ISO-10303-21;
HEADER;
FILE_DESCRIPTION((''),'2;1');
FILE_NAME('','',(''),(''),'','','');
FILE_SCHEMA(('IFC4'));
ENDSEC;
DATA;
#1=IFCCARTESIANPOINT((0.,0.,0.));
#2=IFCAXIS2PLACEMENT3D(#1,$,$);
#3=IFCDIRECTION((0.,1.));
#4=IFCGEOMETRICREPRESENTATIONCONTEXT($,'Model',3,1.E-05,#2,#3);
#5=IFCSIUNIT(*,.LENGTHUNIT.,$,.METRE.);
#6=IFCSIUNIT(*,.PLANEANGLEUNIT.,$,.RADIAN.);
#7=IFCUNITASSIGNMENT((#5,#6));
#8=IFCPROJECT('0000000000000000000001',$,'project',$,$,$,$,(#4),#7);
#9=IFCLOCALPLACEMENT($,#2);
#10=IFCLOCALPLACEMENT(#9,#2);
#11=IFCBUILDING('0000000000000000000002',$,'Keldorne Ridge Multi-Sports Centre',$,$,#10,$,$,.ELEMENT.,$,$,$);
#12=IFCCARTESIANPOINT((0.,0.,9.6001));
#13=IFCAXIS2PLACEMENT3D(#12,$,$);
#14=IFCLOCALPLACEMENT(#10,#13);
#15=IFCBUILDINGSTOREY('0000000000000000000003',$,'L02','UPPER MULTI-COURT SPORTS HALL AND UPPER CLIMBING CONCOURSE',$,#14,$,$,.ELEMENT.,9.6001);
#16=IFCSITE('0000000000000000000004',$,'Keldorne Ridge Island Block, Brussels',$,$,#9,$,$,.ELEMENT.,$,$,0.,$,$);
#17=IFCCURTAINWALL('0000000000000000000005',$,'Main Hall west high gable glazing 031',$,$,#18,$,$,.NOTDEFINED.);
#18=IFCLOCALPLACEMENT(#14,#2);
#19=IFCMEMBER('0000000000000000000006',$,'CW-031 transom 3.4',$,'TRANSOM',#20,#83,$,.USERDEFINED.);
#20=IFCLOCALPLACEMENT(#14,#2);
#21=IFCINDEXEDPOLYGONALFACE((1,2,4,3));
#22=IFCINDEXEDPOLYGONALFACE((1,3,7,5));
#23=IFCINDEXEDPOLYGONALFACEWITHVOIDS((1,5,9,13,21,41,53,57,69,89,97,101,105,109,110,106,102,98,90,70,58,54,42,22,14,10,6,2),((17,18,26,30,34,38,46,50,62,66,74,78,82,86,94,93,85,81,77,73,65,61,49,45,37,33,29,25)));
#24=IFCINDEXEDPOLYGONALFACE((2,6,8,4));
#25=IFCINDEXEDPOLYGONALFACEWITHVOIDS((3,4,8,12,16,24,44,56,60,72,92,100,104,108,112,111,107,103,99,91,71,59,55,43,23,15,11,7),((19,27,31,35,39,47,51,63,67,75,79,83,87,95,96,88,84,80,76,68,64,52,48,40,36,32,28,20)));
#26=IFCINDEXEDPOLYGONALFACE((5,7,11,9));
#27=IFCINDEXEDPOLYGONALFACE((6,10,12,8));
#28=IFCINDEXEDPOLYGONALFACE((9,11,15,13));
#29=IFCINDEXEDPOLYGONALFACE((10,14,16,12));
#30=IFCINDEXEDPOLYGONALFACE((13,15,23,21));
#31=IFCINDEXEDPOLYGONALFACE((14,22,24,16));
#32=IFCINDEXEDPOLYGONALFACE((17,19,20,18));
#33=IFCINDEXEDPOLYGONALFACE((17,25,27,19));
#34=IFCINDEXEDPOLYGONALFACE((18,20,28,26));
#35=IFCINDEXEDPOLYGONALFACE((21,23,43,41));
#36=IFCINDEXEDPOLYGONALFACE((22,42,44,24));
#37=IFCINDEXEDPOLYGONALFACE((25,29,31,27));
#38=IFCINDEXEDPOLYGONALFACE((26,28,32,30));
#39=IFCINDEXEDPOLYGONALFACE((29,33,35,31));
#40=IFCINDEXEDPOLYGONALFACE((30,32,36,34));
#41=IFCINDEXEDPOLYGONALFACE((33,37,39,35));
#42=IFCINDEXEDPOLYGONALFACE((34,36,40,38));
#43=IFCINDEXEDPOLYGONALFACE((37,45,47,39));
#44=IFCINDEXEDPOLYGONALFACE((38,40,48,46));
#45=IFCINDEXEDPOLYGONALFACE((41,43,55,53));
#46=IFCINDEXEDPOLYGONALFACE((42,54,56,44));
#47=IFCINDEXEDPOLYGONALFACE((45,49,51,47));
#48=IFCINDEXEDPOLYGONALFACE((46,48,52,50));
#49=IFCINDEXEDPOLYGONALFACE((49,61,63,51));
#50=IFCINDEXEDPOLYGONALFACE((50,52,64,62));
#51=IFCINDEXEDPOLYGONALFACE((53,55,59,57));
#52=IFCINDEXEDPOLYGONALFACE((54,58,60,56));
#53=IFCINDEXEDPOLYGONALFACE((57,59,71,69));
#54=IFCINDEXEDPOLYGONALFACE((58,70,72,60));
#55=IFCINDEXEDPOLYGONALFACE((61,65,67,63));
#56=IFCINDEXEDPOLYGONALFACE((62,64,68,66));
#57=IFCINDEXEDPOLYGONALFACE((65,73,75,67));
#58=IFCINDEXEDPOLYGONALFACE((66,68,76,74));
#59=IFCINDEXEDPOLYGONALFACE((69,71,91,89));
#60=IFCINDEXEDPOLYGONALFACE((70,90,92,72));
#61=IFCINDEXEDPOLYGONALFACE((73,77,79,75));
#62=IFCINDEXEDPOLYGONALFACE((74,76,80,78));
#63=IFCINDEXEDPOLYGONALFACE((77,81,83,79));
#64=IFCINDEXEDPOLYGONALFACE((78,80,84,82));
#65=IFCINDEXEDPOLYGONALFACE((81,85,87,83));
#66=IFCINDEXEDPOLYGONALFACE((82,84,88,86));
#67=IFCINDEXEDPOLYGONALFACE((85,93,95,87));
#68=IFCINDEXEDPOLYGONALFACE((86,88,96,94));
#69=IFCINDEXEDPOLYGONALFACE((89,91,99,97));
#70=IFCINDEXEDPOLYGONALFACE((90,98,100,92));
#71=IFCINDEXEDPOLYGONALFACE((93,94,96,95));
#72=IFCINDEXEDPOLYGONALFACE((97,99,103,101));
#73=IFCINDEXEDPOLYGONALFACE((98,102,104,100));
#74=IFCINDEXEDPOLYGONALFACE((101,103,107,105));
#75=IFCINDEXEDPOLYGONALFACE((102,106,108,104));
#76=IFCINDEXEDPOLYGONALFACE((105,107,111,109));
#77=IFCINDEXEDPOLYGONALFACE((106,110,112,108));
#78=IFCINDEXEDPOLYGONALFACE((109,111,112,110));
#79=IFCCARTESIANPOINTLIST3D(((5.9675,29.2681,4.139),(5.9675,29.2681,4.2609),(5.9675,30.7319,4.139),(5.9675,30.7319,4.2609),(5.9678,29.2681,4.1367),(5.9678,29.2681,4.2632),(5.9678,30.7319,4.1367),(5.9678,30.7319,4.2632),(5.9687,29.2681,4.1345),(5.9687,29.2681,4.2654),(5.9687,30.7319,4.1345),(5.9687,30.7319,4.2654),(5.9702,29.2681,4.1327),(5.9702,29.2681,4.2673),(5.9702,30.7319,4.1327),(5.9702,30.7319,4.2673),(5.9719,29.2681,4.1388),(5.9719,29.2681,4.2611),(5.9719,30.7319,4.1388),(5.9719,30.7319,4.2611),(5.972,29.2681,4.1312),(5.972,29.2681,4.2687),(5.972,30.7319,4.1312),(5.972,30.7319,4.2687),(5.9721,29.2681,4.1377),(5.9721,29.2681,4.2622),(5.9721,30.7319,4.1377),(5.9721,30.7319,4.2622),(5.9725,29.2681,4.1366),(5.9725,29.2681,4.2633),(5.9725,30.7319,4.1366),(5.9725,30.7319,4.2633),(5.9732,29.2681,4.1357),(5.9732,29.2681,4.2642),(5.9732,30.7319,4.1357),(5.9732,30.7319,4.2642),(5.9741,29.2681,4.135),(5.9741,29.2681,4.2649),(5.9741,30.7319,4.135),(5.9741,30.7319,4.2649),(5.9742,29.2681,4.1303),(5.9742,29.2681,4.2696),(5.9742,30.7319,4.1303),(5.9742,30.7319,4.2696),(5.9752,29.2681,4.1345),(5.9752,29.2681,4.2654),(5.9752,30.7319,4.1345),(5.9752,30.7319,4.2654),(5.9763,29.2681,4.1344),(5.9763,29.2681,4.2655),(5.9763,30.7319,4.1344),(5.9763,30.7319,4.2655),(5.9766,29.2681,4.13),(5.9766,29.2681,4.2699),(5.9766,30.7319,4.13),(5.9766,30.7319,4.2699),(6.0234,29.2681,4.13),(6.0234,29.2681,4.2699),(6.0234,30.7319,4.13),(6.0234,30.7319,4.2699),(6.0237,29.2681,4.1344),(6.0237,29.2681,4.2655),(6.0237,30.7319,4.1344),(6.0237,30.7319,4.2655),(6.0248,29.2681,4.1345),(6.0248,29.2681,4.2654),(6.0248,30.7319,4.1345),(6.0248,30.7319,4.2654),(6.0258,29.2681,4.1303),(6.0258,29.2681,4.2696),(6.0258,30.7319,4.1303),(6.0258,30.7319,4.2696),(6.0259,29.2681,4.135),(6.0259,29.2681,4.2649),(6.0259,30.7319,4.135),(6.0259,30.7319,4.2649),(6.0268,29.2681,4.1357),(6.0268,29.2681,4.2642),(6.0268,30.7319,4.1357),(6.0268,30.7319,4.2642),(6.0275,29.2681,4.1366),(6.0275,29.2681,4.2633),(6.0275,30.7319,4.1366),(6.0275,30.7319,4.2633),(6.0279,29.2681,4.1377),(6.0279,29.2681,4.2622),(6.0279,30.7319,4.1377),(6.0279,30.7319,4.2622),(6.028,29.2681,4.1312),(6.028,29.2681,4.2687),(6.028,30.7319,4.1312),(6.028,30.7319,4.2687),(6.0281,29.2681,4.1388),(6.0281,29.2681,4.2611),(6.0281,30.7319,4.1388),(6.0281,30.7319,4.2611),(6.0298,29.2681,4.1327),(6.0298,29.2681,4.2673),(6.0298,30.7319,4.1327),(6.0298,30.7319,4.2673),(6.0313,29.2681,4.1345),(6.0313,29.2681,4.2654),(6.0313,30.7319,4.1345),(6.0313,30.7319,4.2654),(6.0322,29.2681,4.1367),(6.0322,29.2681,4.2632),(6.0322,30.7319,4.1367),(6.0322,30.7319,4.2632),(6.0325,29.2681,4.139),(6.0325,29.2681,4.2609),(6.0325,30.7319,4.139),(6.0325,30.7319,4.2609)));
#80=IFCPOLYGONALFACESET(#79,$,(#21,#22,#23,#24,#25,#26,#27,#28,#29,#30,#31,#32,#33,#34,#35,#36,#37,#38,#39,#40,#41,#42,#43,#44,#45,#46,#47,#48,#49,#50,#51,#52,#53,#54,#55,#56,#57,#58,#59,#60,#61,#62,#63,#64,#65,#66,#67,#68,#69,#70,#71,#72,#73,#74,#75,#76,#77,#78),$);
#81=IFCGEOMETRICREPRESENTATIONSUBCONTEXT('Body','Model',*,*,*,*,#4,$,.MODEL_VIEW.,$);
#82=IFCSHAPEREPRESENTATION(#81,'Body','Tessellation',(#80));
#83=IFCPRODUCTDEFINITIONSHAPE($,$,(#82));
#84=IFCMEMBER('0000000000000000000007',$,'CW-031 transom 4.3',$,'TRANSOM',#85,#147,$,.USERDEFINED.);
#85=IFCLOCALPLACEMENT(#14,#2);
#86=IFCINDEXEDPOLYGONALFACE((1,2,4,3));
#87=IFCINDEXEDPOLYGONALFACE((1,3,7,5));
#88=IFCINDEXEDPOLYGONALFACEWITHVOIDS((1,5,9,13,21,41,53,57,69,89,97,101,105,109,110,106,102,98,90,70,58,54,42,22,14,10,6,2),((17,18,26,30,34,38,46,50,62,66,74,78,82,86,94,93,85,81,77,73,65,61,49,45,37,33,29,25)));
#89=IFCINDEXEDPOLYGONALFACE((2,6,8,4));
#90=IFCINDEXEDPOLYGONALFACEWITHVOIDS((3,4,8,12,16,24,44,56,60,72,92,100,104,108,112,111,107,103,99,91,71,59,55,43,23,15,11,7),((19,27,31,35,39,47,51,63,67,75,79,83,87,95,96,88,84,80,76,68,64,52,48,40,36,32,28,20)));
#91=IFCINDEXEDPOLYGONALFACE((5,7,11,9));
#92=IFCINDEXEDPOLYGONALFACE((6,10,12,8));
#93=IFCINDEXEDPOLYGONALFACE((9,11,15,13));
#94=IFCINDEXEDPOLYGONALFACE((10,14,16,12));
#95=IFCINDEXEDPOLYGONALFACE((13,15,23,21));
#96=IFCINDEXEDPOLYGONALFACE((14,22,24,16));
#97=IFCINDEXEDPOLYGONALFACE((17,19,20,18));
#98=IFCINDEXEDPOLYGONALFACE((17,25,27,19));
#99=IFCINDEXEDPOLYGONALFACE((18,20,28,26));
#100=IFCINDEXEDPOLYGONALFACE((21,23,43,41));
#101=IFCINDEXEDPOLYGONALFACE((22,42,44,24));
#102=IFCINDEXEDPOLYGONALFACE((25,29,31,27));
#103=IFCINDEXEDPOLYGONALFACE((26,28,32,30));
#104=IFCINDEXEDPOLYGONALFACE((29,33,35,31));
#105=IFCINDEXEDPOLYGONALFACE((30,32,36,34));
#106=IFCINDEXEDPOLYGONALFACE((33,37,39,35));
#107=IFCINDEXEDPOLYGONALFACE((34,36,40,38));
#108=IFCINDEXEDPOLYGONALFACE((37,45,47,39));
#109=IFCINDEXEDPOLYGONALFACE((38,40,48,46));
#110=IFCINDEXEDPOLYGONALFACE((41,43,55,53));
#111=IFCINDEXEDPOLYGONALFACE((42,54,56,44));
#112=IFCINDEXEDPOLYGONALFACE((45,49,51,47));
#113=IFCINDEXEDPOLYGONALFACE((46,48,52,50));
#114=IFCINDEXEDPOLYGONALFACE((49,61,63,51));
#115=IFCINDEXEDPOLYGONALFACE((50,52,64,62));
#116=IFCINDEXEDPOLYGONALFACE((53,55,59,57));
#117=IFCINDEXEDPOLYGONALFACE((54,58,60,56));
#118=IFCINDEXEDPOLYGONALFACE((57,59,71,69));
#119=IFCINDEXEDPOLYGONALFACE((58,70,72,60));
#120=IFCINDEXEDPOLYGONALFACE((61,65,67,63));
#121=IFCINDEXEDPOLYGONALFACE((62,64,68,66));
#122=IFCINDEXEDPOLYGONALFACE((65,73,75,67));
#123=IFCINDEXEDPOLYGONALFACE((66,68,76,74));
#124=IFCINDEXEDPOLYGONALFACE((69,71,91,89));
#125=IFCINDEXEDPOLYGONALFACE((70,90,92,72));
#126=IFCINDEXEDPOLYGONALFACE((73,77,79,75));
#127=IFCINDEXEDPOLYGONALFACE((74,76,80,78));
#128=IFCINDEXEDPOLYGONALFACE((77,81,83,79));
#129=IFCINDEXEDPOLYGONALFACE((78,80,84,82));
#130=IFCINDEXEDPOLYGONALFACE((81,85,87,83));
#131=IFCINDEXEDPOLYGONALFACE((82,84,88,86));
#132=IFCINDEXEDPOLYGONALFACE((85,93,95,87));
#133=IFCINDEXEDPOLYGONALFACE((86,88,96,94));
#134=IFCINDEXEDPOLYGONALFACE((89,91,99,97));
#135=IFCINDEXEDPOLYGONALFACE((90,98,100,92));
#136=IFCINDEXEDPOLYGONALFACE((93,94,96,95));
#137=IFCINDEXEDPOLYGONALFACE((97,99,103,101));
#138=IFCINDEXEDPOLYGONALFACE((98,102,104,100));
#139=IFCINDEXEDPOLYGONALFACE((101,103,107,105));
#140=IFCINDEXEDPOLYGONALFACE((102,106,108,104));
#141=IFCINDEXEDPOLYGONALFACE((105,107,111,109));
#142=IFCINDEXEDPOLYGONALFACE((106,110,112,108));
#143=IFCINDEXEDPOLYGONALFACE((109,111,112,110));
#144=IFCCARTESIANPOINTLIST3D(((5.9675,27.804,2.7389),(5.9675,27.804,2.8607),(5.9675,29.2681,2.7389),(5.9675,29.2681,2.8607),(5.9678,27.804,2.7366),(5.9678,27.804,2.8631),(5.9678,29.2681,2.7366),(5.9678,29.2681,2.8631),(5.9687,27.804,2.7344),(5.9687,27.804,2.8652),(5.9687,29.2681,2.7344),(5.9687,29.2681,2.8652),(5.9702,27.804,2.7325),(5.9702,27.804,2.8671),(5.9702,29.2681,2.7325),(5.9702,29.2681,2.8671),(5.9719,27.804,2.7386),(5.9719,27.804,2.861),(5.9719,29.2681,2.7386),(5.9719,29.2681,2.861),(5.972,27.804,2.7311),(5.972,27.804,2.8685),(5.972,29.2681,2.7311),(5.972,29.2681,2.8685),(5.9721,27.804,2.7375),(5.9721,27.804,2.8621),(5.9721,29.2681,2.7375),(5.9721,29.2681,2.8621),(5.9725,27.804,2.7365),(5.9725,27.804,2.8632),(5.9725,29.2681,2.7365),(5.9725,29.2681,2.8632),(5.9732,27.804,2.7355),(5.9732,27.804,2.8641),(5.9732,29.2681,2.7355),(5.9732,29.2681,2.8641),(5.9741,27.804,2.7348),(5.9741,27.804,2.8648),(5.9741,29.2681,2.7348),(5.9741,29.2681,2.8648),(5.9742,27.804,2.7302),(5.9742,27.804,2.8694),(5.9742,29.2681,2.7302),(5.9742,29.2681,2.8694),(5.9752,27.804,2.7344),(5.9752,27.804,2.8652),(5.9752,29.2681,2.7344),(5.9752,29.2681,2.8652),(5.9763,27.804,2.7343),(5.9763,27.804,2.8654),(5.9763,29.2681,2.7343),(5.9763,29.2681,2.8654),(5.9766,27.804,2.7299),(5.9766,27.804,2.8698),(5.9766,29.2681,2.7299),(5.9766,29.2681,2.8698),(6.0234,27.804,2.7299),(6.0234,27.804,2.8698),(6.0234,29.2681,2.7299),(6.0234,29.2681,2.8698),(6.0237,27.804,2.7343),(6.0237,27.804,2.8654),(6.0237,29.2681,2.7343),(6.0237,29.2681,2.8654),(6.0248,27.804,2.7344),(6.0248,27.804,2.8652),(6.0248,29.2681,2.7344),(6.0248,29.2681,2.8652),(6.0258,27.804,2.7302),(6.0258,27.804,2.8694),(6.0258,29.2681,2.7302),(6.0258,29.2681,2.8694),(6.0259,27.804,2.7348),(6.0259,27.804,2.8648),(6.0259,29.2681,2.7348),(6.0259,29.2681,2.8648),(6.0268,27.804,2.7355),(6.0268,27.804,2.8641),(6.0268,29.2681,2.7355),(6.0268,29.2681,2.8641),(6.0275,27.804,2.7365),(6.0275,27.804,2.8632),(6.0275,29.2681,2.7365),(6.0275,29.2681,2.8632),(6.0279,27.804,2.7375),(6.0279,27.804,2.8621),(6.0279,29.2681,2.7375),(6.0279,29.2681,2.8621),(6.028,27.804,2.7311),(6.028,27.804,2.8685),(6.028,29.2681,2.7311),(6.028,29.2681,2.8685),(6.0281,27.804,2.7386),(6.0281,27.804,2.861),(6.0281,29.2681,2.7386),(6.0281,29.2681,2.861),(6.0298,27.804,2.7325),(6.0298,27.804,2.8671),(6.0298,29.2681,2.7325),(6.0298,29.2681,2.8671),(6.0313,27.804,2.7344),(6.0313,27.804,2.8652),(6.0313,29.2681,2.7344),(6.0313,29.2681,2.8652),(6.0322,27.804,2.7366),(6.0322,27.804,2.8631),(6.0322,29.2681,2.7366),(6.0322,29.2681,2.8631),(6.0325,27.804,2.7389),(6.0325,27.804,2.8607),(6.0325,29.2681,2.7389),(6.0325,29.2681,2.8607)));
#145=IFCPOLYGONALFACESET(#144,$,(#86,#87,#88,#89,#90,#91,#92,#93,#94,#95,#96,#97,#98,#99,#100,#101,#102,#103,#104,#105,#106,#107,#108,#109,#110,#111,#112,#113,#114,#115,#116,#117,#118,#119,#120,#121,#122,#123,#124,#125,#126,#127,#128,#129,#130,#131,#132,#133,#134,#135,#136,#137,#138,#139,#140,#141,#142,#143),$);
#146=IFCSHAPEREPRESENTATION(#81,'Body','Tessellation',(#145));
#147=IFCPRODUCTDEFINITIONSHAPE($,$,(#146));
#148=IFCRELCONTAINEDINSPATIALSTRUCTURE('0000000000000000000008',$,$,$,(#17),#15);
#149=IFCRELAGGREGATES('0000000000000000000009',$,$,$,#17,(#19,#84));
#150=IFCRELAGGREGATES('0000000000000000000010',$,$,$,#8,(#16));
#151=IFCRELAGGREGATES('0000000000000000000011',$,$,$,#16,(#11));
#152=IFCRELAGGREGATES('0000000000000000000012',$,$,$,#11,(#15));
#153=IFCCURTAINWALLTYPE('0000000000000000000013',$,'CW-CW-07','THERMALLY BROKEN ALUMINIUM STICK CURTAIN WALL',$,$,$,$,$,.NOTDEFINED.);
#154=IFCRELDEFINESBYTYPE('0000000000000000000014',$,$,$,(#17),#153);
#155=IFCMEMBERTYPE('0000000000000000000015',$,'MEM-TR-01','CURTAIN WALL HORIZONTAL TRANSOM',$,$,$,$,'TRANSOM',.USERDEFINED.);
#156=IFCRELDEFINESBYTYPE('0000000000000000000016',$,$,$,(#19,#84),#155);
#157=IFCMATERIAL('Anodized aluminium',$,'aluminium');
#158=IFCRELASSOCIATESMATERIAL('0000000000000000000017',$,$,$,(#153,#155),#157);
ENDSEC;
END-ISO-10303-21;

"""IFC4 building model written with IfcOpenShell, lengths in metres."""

from ifc_helpers import new_model, si_unit, direction, frame, origin, origin_2d, place, context, subcontext, project, spatial, hollow_rectangle, extrude, material, material_profile, profile_set, type_object, element, aggregate, save


model = new_model("IFC4")

# Units and contexts
model_context = context("Model", 3, precision=1e-05, world=origin(), true_north=direction((0.0, 1.0)))
body_context = subcontext(model_context, "Body", "Model", "MODEL_VIEW")
ifc_project = project(units=[si_unit("LENGTHUNIT", "METRE"), si_unit("PLANEANGLEUNIT", "RADIAN")], contexts=[model_context])

# Site, building, storey
site_placement = place(None, origin())
site = spatial("IfcSite", under=ifc_project, at=site_placement, Name="Keldorne Ridge Island Block, Brussels", CompositionType="ELEMENT", RefElevation=0.0)
building_placement = place(site_placement, origin())
building = spatial("IfcBuilding", under=site, at=building_placement, Name="Keldorne Ridge Multi-Sports Centre", CompositionType="ELEMENT")
storey_placement = place(building_placement, frame((0.0, 0.0, 9.6001)))
storey = spatial("IfcBuildingStorey", under=building, at=storey_placement, Name="L02", Description="UPPER MULTI-COURT SPORTS HALL AND UPPER CLIMBING CONCOURSE", CompositionType="ELEMENT", Elevation=9.6001)

# Curtain wall, members
ifc_material_1 = material(Name="Anodized aluminium", Category="aluminium")
curtain_wall_type_1 = type_object("IfcCurtainWallType", Name="CW-CW-07", Description="THERMALLY BROKEN ALUMINIUM STICK CURTAIN WALL", PredefinedType="NOTDEFINED", material=ifc_material_1)
curtain_wall_1_placement = place(storey_placement, origin())
curtain_wall_1 = element("IfcCurtainWall", 1, at=curtain_wall_1_placement, inside=storey, type_object=curtain_wall_type_1, Name="Main Hall west high gable glazing 031", PredefinedType="NOTDEFINED")
ifc_material_profile_1 = material_profile(ifc_material_1, hollow_rectangle(XDim=0.0649, YDim=0.1399, WallThickness=0.0044, InnerFilletRadius=0.0044, OuterFilletRadius=0.009, at=origin_2d()), Name="ALU TRANSOM 140x65x4.5")
ifc_profile_set_1 = profile_set([ifc_material_profile_1], Name="Anodized aluminium")
member_type_1 = type_object("IfcMemberType", Name="MEM-TR-01", Description="CURTAIN WALL HORIZONTAL TRANSOM", ElementType="TRANSOM", PredefinedType="USERDEFINED", material=ifc_profile_set_1)
member_1_placement = place(storey_placement, frame((6.0, 30.7319, 4.2), z_axis=(0.0, -1.0, 0.0), x_axis=(1.0, 0.0, 0.0)))
member_1 = element("IfcMember", 2, at=member_1_placement, type_object=member_type_1, Name="CW-031 transom 3.4", ObjectType="TRANSOM", PredefinedType="USERDEFINED", context=body_context, shape_type="SweptSolid", body=[
    extrude(hollow_rectangle(XDim=0.0649, YDim=0.1399, WallThickness=0.0044, InnerFilletRadius=0.0044, OuterFilletRadius=0.009, at=origin_2d()), origin(), (0.0, 0.0, 1.0), 1.4639),
])
member_2_placement = place(storey_placement, frame((6.0, 29.2681, 2.7998), z_axis=(0.0, -1.0, 0.0), x_axis=(1.0, 0.0, 0.0)))
member_2 = element("IfcMember", 3, at=member_2_placement, type_object=member_type_1, Name="CW-031 transom 4.3", ObjectType="TRANSOM", PredefinedType="USERDEFINED", context=body_context, shape_type="SweptSolid", body=[
    extrude(hollow_rectangle(XDim=0.0649, YDim=0.1399, WallThickness=0.0044, InnerFilletRadius=0.0044, OuterFilletRadius=0.009, at=origin_2d()), origin(), (0.0, 0.0, 1.0), 1.4641),
])

aggregate(curtain_wall_1, [member_1, member_2])

save(model, "model.ifc")
